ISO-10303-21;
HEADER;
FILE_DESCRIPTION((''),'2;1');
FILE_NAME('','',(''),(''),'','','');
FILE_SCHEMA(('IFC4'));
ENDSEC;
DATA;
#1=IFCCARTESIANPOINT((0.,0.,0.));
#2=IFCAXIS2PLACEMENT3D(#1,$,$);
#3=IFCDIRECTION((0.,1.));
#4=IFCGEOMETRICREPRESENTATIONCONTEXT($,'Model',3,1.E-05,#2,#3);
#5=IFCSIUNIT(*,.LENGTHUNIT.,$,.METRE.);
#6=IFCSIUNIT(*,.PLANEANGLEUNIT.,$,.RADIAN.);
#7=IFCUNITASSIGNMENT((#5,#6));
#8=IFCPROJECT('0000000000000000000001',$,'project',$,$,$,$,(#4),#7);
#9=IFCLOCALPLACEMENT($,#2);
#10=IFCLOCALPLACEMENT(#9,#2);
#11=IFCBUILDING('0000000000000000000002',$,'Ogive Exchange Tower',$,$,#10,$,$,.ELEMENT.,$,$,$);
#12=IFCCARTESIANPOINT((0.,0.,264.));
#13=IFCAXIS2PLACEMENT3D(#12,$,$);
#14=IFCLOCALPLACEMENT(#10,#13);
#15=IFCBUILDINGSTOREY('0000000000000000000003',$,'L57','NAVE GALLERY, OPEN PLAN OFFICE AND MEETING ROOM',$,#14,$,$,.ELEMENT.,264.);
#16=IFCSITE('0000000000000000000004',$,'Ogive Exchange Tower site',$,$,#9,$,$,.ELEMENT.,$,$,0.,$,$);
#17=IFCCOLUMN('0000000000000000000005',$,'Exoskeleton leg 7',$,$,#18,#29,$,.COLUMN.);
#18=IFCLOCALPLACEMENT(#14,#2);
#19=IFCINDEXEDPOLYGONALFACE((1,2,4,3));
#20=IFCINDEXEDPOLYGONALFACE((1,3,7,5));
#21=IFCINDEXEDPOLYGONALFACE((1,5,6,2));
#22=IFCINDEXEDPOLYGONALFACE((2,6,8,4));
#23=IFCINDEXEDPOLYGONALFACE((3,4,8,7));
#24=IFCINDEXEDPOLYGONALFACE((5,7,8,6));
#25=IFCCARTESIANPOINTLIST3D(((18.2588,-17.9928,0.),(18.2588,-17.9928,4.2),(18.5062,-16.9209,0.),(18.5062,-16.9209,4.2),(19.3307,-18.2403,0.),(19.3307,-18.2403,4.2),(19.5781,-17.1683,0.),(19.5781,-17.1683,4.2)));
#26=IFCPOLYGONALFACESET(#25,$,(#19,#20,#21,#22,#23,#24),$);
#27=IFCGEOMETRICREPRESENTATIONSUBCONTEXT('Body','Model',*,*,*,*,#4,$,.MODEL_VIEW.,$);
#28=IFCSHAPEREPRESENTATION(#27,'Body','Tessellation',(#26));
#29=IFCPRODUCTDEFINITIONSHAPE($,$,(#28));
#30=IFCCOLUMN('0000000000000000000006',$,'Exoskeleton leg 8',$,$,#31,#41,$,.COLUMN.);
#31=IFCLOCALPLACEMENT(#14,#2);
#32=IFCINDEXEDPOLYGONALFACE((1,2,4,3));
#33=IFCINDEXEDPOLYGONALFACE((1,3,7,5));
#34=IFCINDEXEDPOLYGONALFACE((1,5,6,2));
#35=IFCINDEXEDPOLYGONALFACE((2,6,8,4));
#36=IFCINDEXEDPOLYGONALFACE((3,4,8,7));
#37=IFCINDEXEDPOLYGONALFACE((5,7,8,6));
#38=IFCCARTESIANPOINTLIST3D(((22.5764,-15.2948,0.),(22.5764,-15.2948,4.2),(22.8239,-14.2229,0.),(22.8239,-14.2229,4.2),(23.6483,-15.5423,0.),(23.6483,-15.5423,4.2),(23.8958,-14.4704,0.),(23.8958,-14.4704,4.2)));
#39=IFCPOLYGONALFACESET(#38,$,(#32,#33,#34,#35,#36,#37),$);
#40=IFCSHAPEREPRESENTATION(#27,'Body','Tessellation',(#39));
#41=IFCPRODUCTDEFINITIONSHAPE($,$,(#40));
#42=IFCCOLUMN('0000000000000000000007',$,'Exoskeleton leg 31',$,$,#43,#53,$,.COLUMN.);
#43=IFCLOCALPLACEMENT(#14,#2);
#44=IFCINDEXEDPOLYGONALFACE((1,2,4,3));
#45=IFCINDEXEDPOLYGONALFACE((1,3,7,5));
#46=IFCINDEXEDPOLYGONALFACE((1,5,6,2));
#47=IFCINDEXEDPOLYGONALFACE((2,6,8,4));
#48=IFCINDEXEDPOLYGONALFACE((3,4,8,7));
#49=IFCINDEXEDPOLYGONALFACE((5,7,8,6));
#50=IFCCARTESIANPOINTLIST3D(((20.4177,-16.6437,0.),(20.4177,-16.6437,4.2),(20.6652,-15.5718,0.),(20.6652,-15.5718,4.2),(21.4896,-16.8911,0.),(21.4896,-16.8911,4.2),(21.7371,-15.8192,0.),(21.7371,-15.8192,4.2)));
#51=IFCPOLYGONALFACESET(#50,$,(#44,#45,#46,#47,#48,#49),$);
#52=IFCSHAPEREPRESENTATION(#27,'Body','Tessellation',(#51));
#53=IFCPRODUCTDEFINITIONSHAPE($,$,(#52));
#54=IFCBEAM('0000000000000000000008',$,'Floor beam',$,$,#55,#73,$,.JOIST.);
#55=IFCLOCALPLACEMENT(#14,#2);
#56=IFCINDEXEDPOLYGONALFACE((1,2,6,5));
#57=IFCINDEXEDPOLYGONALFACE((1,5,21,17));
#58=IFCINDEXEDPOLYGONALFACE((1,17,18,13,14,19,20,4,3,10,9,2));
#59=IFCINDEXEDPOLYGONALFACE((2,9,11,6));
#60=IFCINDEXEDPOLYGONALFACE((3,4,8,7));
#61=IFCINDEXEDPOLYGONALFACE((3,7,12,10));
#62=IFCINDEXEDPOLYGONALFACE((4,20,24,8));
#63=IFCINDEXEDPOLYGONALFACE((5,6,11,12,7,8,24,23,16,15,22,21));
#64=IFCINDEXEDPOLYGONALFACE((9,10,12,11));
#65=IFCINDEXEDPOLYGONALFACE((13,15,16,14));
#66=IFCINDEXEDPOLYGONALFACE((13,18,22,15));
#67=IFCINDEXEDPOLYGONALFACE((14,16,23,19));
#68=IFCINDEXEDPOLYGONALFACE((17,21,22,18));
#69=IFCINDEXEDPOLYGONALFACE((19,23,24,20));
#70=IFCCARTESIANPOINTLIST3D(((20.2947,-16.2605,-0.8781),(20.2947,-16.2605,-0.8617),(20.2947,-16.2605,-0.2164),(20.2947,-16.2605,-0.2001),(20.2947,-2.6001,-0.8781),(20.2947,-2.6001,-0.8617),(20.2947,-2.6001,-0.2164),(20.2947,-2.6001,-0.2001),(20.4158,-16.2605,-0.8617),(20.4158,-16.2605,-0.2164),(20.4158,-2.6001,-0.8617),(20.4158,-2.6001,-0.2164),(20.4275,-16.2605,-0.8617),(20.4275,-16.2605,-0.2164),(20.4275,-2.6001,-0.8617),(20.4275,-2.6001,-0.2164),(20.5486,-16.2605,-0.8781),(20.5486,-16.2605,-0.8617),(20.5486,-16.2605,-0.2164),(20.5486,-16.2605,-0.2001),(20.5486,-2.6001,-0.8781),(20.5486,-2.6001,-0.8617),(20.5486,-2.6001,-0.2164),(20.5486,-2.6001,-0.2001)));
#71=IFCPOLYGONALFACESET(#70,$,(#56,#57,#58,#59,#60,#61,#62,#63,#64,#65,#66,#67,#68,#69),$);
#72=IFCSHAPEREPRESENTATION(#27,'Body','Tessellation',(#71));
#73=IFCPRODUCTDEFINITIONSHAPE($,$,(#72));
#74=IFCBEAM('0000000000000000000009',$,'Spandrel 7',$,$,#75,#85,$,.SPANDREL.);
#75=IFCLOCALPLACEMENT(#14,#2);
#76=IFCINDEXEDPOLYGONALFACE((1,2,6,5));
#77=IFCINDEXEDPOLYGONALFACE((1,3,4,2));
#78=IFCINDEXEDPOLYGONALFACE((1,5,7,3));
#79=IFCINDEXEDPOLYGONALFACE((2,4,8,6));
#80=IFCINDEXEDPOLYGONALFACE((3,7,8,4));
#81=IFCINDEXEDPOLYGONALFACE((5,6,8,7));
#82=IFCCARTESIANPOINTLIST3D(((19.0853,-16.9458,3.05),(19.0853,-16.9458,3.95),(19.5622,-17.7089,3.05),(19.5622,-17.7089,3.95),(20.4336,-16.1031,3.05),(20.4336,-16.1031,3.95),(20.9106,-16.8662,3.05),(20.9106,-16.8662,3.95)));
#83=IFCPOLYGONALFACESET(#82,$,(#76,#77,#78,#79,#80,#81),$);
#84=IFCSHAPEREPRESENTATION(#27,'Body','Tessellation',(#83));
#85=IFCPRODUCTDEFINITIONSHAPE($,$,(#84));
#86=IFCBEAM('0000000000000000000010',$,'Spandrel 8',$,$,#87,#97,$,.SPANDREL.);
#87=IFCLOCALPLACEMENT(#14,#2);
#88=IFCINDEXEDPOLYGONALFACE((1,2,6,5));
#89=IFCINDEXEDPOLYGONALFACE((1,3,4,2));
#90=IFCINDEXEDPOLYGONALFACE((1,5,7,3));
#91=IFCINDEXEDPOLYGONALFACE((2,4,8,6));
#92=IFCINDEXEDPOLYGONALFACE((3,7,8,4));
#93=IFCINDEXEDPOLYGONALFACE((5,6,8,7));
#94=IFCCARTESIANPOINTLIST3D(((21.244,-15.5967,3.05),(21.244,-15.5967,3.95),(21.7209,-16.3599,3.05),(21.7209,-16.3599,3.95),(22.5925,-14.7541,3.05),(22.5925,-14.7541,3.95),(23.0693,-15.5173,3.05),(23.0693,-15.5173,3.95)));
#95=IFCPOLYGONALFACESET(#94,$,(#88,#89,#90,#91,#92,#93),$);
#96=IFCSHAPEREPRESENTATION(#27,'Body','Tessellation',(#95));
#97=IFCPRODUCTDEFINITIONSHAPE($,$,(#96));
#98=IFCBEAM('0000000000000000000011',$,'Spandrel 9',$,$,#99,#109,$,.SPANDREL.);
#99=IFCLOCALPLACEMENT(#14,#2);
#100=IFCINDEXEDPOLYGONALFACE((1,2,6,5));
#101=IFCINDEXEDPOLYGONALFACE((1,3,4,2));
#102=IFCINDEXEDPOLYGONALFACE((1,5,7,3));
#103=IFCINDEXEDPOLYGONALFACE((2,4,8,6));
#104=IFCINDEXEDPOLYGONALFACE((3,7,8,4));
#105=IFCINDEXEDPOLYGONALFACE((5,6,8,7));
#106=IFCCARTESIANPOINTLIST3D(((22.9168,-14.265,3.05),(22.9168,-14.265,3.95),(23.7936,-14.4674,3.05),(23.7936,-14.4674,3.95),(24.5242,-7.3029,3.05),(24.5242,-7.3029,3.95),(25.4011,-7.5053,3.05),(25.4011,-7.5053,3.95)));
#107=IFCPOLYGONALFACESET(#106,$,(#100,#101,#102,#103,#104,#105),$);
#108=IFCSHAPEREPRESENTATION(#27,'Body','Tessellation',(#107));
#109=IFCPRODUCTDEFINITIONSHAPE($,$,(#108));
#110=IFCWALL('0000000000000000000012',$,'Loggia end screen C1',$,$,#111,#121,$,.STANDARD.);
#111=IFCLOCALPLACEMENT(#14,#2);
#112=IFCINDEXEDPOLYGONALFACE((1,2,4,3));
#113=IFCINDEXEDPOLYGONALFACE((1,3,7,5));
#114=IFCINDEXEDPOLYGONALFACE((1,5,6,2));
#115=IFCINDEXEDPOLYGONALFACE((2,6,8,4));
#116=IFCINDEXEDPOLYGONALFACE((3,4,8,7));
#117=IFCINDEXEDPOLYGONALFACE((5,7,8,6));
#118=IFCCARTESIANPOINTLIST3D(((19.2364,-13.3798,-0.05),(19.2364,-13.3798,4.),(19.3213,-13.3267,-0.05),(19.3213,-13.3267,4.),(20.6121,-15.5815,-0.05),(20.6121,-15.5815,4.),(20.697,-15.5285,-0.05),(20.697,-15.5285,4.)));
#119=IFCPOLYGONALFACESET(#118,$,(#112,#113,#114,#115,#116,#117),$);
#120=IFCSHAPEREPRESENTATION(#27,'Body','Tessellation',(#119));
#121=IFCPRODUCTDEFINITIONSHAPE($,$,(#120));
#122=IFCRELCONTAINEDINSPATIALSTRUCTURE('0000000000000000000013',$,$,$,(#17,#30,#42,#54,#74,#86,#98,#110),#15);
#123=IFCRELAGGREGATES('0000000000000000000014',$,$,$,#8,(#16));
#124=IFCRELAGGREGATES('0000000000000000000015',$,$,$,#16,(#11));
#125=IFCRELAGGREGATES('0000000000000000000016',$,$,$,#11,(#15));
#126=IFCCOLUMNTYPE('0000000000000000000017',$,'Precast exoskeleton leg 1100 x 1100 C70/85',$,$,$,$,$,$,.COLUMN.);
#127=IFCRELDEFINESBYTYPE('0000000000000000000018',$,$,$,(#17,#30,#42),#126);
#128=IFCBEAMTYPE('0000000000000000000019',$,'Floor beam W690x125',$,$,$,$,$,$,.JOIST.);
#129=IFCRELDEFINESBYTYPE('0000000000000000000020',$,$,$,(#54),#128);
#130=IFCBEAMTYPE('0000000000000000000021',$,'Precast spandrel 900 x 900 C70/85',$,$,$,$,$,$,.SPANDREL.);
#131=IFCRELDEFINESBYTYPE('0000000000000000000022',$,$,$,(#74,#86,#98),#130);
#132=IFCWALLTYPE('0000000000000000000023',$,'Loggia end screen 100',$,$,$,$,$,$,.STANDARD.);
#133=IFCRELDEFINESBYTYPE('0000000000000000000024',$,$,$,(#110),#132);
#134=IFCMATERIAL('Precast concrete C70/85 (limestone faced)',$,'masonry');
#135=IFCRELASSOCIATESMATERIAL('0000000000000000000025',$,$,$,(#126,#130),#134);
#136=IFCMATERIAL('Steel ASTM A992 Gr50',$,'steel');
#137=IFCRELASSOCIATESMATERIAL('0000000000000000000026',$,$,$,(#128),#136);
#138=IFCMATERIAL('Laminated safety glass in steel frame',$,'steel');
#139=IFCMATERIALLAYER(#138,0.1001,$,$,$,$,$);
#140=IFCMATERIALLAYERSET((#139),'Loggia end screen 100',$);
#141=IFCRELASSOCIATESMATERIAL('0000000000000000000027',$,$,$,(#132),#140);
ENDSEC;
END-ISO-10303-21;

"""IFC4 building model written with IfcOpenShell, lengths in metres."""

from ifc_helpers import new_model, si_unit, direction, frame, frame_2d, origin, origin_2d, place, context, subcontext, project, spatial, rectangle, i_section, extrude, material, layer, layer_set, material_profile, profile_set, type_object, element, save


model = new_model("IFC4")

# Units and contexts
model_context = context("Model", 3, precision=1e-05, world=origin(), true_north=direction((0.0, 1.0)))
body_context = subcontext(model_context, "Body", "Model", "MODEL_VIEW")
ifc_project = project(units=[si_unit("LENGTHUNIT", "METRE"), si_unit("PLANEANGLEUNIT", "RADIAN")], contexts=[model_context])

# Site, building, storey
site_placement = place(None, origin())
site = spatial("IfcSite", under=ifc_project, at=site_placement, Name="Ogive Exchange Tower site", CompositionType="ELEMENT", RefElevation=0.0)
building_placement = place(site_placement, origin())
building = spatial("IfcBuilding", under=site, at=building_placement, Name="Ogive Exchange Tower", CompositionType="ELEMENT")
storey_placement = place(building_placement, frame((0.0, 0.0, 264.0)))
storey = spatial("IfcBuildingStorey", under=building, at=storey_placement, Name="L57", Description="NAVE GALLERY, OPEN PLAN OFFICE AND MEETING ROOM", CompositionType="ELEMENT", Elevation=264.0)

# Columns
ifc_material_1 = material(Name="Precast concrete C70/85 (limestone faced)", Category="masonry")
ifc_material_profile_1 = material_profile(ifc_material_1, rectangle(XDim=1.1001, YDim=1.1001, at=origin_2d()), Name="1100 x 1100")
ifc_profile_set_1 = profile_set([ifc_material_profile_1], Name="Precast concrete C70/85 (limestone faced)")
column_type = type_object("IfcColumnType", Name="Precast exoskeleton leg 1100 x 1100 C70/85", PredefinedType="COLUMN", material=ifc_profile_set_1)
for number, where, z_axis, x_axis, name in (
    (1, (18.9185, -17.5806, 0.0), (0.0, 0.0, 1.0), (0.97437, -0.224951, 0.0), "Exoskeleton leg 7"),
    (2, (23.2361, -14.8826, 0.0), (0.0, 0.0, 1.0), (0.97437, -0.224951, 0.0), "Exoskeleton leg 8"),
    (3, (21.0774, -16.2314, 0.0), (0.0, 0.0, 1.0), (0.97437, -0.224951, 0.0), "Exoskeleton leg 31"),
):
    element("IfcColumn", number, at=place(storey_placement, frame(where, z_axis=z_axis, x_axis=x_axis)), inside=storey, type_object=column_type, Name=name, PredefinedType="COLUMN", context=body_context, shape_type="SweptSolid", body=[
        extrude(rectangle(XDim=1.1001, YDim=1.1001, at=origin_2d()), origin(), (0.0, 0.0, 1.0), 4.2),
    ])

# Beams
ifc_material_2 = material(Name="Steel ASTM A992 Gr50", Category="steel")
ifc_material_profile_2 = material_profile(ifc_material_2, i_section(OverallWidth=0.2539, OverallDepth=0.678, WebThickness=0.0117, FlangeThickness=0.0164, at=origin_2d()), Name="W690x125")
ifc_profile_set_2 = profile_set([ifc_material_profile_2], Name="Steel ASTM A992 Gr50")
beam_type_1 = type_object("IfcBeamType", Name="Floor beam W690x125", PredefinedType="JOIST", material=ifc_profile_set_2)
beam_1_placement = place(storey_placement, frame((20.4216, -16.2605, -0.5391), z_axis=(0.0, 1.0, 0.0), x_axis=(-1.0, 0.0, 0.0)))
element("IfcBeam", 4, at=beam_1_placement, inside=storey, type_object=beam_type_1, Name="Floor beam", PredefinedType="JOIST", context=body_context, shape_type="SweptSolid", body=[
    extrude(i_section(OverallWidth=0.2539, OverallDepth=0.678, WebThickness=0.0117, FlangeThickness=0.0164, at=origin_2d()), origin(), (0.0, 0.0, 1.0), 13.6604),
])
ifc_material_profile_3 = material_profile(ifc_material_1, rectangle(XDim=0.8999, YDim=0.8999, at=origin_2d()), Name="900 x 900")
ifc_profile_set_3 = profile_set([ifc_material_profile_3], Name="Precast concrete C70/85 (limestone faced)")
beam_type_2 = type_object("IfcBeamType", Name="Precast spandrel 900 x 900 C70/85", PredefinedType="SPANDREL", material=ifc_profile_set_3)
for number, where, z_axis, x_axis, name in (
    (5, (19.3237, -17.3274, 3.5), (0.84799, 0.530013, 0.0), (-0.530013, 0.84799, 0.0), "Spandrel 7"),
    (6, (21.4824, -15.9783, 3.5), (0.848059, 0.529902, 0.0), (-0.529902, 0.848059, 0.0), "Spandrel 8"),
):
    element("IfcBeam", number, at=place(storey_placement, frame(where, z_axis=z_axis, x_axis=x_axis)), inside=storey, type_object=beam_type_2, Name=name, PredefinedType="SPANDREL", context=body_context, shape_type="SweptSolid", body=[
        extrude(rectangle(XDim=0.8999, YDim=0.8999, at=origin_2d()), origin(), (0.0, 0.0, 1.0), 1.5901),
    ])
beam_2_placement = place(storey_placement, frame((23.3552, -14.3662, 3.5), z_axis=(0.224962, 0.974368, 0.0), x_axis=(-0.974368, 0.224962, 0.0)))
element("IfcBeam", 7, at=beam_2_placement, inside=storey, type_object=beam_type_2, Name="Spandrel 9", PredefinedType="SPANDREL", context=body_context, shape_type="SweptSolid", body=[
    extrude(rectangle(XDim=0.8999, YDim=0.8999, at=origin_2d()), origin(), (0.0, 0.0, 1.0), 7.1453),
])

# Wall
ifc_material_3 = material(Name="Laminated safety glass in steel frame", Category="steel")
ifc_layer = layer(ifc_material_3, 0.1001)
ifc_layer_set = layer_set([ifc_layer], Name="Loggia end screen 100")
wall_type = type_object("IfcWallType", Name="Loggia end screen 100", PredefinedType="STANDARD", material=ifc_layer_set)
wall_placement = place(storey_placement, frame((19.2788, -13.3533, -0.05), z_axis=(0.0, 0.0, 1.0), x_axis=(0.529914, -0.848051, 0.0)))
element("IfcWall", 8, at=wall_placement, inside=storey, type_object=wall_type, Name="Loggia end screen C1", PredefinedType="STANDARD", context=body_context, shape_type="SweptSolid", body=[
    extrude(rectangle(XDim=2.5962, YDim=0.1001, at=frame_2d((1.2981, 0.0))), origin(), (0.0, 0.0, 1.0), 4.05),
])

save(model, "model.ifc")
